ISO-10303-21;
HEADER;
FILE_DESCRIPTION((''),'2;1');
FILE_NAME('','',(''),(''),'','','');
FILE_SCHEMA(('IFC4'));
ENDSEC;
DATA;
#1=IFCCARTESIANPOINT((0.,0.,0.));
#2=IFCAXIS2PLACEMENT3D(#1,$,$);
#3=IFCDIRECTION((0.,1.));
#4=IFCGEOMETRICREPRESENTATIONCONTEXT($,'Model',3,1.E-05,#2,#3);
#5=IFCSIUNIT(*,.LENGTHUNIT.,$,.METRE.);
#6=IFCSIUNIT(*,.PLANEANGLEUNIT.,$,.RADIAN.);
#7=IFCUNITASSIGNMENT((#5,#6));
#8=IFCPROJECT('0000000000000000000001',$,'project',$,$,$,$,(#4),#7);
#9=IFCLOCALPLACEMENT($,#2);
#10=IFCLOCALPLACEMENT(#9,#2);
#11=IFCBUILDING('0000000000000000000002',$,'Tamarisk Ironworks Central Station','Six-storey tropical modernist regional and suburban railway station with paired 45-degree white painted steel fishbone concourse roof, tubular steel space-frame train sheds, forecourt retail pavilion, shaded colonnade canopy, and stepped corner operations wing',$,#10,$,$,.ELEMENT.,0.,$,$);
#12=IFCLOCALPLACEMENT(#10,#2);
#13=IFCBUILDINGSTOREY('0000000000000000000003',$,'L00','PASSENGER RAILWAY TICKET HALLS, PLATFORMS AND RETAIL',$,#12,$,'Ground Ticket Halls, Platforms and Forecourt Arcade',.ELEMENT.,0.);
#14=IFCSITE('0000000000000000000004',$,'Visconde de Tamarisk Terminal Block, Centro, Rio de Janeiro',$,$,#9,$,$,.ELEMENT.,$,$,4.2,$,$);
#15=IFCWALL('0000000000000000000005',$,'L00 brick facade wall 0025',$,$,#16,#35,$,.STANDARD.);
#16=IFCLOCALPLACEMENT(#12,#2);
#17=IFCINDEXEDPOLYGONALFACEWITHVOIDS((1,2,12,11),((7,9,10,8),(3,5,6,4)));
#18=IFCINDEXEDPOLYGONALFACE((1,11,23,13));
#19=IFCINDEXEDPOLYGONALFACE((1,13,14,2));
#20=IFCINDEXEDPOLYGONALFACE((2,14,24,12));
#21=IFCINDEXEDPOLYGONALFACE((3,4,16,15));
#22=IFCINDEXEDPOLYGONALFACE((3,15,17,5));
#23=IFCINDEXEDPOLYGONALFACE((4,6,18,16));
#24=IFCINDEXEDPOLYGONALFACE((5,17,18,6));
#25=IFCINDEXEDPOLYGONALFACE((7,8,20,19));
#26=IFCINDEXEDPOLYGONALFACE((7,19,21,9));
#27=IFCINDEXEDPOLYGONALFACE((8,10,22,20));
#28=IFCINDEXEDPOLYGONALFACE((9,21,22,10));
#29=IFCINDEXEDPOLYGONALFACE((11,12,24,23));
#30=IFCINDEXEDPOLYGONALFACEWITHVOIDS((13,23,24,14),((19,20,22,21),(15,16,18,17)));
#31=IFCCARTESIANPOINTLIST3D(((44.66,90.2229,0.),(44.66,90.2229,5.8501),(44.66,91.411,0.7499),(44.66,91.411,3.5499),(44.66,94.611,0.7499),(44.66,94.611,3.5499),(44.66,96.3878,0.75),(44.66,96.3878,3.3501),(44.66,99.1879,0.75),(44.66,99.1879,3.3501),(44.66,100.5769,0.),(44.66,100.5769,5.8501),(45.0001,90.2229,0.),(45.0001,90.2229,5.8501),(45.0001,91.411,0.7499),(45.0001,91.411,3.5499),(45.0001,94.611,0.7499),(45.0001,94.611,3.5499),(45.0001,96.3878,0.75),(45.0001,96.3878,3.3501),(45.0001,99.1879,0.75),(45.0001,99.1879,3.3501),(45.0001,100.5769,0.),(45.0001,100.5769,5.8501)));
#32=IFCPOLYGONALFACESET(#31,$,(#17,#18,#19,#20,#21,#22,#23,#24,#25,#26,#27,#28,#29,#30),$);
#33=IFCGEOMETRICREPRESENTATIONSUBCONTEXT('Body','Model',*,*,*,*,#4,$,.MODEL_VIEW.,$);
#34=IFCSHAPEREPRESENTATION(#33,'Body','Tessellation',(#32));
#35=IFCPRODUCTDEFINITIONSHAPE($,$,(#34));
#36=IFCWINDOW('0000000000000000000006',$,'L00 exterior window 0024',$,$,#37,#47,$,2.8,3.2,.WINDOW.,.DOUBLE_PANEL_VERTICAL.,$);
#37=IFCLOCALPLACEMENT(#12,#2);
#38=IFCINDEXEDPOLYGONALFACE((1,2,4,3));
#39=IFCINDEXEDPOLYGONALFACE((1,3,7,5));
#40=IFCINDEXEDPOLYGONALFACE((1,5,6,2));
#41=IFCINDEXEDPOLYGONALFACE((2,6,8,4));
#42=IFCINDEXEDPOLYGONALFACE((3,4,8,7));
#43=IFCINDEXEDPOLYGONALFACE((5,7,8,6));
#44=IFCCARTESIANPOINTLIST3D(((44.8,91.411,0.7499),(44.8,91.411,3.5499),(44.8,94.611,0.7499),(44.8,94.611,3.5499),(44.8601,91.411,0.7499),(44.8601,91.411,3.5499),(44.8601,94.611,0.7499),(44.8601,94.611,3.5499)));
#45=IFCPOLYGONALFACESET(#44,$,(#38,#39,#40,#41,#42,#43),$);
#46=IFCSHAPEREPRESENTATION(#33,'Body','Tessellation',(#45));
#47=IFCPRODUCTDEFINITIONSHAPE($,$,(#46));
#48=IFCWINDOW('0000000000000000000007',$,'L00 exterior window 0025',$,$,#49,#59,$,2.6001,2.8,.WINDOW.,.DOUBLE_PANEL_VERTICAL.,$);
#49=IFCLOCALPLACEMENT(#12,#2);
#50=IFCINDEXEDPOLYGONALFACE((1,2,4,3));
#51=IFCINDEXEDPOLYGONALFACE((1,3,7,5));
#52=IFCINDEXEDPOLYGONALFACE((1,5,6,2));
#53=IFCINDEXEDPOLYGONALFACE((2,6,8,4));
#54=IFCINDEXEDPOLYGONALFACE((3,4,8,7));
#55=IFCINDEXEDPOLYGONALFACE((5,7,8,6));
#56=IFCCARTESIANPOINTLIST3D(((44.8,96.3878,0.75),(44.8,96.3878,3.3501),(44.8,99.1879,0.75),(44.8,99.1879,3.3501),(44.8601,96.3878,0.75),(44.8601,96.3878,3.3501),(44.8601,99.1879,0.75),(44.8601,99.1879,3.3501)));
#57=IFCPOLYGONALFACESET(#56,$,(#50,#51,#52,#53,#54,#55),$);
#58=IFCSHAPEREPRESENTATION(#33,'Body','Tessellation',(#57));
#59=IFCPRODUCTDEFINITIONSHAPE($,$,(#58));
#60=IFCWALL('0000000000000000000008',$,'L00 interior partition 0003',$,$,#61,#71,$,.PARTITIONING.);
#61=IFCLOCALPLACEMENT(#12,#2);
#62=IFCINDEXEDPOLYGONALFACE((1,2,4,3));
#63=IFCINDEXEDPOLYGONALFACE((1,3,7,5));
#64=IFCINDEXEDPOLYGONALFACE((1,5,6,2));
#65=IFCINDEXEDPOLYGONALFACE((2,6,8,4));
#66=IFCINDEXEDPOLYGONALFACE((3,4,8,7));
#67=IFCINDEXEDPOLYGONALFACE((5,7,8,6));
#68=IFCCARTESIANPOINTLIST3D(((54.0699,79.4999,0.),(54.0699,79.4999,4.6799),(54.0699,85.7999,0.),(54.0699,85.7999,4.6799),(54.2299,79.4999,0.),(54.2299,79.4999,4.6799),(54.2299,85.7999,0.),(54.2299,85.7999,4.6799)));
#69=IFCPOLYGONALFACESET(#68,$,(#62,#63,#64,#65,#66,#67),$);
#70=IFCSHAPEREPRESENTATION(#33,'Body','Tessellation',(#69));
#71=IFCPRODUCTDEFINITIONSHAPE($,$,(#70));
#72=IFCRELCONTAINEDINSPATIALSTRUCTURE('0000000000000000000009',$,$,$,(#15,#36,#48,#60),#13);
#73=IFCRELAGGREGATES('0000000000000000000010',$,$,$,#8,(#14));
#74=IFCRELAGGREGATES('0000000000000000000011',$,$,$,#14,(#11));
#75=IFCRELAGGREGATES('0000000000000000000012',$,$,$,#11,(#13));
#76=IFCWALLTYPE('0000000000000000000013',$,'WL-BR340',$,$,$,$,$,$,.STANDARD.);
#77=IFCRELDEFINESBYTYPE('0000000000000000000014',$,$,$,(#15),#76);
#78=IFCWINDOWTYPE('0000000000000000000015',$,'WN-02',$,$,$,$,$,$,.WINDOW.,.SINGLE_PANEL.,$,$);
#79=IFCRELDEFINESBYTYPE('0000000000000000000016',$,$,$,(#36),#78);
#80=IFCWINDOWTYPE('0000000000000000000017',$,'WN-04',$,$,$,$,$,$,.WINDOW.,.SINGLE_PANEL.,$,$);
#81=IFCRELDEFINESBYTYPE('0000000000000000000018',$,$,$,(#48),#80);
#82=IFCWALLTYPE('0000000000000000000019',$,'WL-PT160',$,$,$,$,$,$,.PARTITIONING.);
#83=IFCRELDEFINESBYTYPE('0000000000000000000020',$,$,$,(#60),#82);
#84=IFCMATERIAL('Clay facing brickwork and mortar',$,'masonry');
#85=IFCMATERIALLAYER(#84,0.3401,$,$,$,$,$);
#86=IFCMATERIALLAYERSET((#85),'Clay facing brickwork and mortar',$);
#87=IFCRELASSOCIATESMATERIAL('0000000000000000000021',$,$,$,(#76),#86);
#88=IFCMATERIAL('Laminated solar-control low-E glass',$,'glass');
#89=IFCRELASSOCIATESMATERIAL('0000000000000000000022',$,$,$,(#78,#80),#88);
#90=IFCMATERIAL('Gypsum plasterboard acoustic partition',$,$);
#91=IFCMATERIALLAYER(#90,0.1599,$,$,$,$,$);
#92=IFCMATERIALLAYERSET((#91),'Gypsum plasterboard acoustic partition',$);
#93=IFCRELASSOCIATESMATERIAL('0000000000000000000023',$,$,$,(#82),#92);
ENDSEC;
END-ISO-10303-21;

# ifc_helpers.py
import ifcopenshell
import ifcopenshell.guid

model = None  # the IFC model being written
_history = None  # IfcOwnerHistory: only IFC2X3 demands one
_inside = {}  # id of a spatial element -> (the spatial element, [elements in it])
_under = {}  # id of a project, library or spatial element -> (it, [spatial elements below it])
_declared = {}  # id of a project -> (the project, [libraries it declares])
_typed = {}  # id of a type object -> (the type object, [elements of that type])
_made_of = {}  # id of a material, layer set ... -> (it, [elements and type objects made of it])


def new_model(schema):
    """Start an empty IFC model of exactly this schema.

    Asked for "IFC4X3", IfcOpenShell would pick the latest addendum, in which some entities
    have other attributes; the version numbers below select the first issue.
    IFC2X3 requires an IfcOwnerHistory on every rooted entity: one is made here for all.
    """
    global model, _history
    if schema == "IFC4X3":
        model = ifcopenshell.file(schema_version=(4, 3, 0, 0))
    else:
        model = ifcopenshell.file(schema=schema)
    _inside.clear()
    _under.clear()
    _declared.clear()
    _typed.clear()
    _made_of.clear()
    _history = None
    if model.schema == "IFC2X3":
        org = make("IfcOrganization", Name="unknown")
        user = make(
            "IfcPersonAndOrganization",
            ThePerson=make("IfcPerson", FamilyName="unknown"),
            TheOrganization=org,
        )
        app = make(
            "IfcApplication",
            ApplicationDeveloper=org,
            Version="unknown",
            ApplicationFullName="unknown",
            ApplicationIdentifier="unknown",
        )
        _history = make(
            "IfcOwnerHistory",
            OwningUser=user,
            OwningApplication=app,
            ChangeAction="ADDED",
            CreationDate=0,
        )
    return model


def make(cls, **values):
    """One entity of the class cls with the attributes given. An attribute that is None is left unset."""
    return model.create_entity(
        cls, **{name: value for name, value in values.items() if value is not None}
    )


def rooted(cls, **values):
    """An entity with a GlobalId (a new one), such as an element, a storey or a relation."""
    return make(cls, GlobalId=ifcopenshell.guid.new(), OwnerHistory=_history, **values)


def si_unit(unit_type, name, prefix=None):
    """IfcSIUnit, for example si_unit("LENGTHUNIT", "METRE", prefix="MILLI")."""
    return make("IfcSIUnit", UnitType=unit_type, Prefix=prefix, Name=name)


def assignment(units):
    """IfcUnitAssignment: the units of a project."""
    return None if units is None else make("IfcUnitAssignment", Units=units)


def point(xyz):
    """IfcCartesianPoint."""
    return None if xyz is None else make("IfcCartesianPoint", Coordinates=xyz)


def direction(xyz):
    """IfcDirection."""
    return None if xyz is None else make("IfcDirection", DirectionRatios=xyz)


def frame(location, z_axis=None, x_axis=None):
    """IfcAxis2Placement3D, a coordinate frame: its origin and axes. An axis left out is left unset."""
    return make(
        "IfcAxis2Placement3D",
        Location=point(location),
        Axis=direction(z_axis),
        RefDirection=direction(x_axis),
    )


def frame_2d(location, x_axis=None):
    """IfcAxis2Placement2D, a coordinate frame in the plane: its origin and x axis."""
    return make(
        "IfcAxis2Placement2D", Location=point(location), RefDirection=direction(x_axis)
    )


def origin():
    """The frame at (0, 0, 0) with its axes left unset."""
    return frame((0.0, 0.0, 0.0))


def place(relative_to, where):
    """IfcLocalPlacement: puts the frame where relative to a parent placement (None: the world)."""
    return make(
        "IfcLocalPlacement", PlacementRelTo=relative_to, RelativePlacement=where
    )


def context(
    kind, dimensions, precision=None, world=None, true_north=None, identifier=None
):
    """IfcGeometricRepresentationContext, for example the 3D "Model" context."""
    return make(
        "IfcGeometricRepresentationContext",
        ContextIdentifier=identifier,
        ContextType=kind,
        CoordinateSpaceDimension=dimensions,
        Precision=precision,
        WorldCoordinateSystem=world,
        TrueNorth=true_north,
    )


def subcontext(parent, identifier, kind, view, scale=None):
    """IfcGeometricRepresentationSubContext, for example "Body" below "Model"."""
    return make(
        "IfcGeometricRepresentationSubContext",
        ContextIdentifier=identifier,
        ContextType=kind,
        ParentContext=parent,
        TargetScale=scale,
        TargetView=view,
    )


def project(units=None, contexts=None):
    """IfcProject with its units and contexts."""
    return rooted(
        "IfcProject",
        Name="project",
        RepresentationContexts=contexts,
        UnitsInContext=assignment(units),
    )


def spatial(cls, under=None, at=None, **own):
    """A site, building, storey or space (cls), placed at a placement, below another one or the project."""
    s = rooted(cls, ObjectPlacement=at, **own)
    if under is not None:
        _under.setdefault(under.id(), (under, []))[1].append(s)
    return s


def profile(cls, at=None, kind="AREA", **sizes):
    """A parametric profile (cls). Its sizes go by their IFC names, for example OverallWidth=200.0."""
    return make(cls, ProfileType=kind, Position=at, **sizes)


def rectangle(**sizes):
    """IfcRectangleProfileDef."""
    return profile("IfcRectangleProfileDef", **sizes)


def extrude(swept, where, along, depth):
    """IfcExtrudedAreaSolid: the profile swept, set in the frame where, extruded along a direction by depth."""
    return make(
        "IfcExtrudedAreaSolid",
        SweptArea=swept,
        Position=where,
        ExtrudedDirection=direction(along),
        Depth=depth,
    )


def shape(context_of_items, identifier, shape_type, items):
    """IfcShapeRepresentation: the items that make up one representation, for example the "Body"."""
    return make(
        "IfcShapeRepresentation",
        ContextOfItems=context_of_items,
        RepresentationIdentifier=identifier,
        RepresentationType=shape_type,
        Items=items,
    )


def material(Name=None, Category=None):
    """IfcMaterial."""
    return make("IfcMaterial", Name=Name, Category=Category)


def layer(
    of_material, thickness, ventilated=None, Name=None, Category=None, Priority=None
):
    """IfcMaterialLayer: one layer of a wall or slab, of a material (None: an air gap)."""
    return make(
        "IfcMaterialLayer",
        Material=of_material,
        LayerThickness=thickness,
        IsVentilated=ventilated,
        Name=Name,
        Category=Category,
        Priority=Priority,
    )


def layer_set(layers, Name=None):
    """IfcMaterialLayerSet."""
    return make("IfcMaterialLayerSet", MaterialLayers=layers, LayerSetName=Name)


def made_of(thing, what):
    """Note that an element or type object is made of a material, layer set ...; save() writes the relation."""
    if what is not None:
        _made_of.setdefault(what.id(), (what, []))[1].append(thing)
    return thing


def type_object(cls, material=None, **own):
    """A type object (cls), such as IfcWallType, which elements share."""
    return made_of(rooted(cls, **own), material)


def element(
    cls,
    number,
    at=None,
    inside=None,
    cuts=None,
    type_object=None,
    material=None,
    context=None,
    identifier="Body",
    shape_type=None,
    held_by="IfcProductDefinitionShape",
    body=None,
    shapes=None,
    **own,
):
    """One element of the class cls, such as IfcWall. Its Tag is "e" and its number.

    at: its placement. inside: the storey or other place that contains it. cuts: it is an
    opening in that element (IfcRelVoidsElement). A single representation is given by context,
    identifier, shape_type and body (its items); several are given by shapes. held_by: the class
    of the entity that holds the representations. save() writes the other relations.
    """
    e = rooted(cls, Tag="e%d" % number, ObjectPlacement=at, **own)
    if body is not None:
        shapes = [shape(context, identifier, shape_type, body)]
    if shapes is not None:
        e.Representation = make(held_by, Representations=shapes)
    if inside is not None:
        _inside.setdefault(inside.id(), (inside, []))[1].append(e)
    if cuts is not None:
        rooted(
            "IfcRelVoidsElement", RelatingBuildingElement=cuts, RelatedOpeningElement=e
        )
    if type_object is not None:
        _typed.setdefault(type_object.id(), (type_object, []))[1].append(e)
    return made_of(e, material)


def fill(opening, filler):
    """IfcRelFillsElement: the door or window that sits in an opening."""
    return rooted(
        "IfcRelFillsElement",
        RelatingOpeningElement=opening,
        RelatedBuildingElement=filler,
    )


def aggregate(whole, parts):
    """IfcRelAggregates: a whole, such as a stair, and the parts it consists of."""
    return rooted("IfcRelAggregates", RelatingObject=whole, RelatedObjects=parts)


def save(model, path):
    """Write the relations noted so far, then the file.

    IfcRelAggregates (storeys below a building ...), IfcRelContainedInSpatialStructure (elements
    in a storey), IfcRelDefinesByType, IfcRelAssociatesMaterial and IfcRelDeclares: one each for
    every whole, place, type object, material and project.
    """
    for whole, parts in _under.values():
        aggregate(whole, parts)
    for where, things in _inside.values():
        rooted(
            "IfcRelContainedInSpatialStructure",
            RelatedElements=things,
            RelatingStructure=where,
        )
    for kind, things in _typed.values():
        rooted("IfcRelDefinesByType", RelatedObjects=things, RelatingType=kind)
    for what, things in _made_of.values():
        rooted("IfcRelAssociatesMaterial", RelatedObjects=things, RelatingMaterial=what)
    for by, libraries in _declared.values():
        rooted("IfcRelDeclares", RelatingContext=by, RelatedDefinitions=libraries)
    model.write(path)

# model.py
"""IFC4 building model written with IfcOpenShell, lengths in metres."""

from ifc_helpers import new_model, si_unit, direction, frame, frame_2d, origin, place, context, subcontext, project, spatial, rectangle, extrude, material, layer, layer_set, type_object, element, fill, save


model = new_model("IFC4")

# Units and contexts
model_context = context("Model", 3, precision=1e-05, world=origin(), true_north=direction((0.0, 1.0)))
body_context = subcontext(model_context, "Body", "Model", "MODEL_VIEW")
ifc_project = project(units=[si_unit("LENGTHUNIT", "METRE"), si_unit("PLANEANGLEUNIT", "RADIAN")], contexts=[model_context])

# Site, building, storey
site_placement = place(None, origin())
site = spatial("IfcSite", under=ifc_project, at=site_placement, Name="Visconde de Tamarisk Terminal Block, Centro, Rio de Janeiro", CompositionType="ELEMENT", RefElevation=4.2)
building_placement = place(site_placement, origin())
building = spatial("IfcBuilding", under=site, at=building_placement, Name="Tamarisk Ironworks Central Station", Description="Six-storey tropical modernist regional and suburban railway station with paired 45-degree white painted steel fishbone concourse roof, tubular steel space-frame train sheds, forecourt retail pavilion, shaded colonnade canopy, and stepped corner operations wing", CompositionType="ELEMENT", ElevationOfRefHeight=0.0)
storey_placement = place(building_placement, origin())
storey = spatial("IfcBuildingStorey", under=building, at=storey_placement, Name="L00", Description="PASSENGER RAILWAY TICKET HALLS, PLATFORMS AND RETAIL", LongName="Ground Ticket Halls, Platforms and Forecourt Arcade", CompositionType="ELEMENT", Elevation=0.0)

# Shared definitions
ifc_material_1 = material(Name="Clay facing brickwork and mortar", Category="masonry")

# Wall, openings, windows
ifc_layer_1 = layer(ifc_material_1, 0.3401)
ifc_layer_set_1 = layer_set([ifc_layer_1], Name="Clay facing brickwork and mortar")
wall_type_1 = type_object("IfcWallType", Name="WL-BR340", PredefinedType="STANDARD", material=ifc_layer_set_1)
wall_1_placement = place(storey_placement, frame((44.8301, 90.2229, 0.0), z_axis=(0.0, 0.0, 1.0), x_axis=(0.0, 1.0, 0.0)))
wall_1 = element("IfcWall", 1, at=wall_1_placement, inside=storey, type_object=wall_type_1, Name="L00 brick facade wall 0025", PredefinedType="STANDARD", context=body_context, shape_type="SweptSolid", body=[
    extrude(rectangle(XDim=10.354, YDim=0.3401, at=frame_2d((5.177, 0.0))), origin(), (0.0, 0.0, 1.0), 5.8501),
])
opening_1_placement = place(wall_1_placement, frame((1.188, 0.0, 0.75)))
opening_1 = element("IfcOpeningElement", 2, at=opening_1_placement, cuts=wall_1, PredefinedType="OPENING", context=body_context, shape_type="SweptSolid", body=[
    extrude(rectangle(XDim=3.2, YDim=2.8, at=frame_2d((1.6001, 1.3999))), frame((0.0, 0.1821, 0.0), z_axis=(0.0, -1.0, 0.0), x_axis=(1.0, 0.0, 0.0)), (0.0, 0.0, 1.0), 0.364),
])
opening_2_placement = place(wall_1_placement, frame((6.165, 0.0, 0.75)))
opening_2 = element("IfcOpeningElement", 3, at=opening_2_placement, cuts=wall_1, PredefinedType="OPENING", context=body_context, shape_type="SweptSolid", body=[
    extrude(rectangle(XDim=2.8, YDim=2.6001, at=frame_2d((1.3999, 1.3))), frame((0.0, 0.1821, 0.0), z_axis=(0.0, -1.0, 0.0), x_axis=(1.0, 0.0, 0.0)), (0.0, 0.0, 1.0), 0.364),
])
ifc_material_2 = material(Name="Laminated solar-control low-E glass", Category="glass")
window_type_1 = type_object("IfcWindowType", Name="WN-02", PartitioningType="SINGLE_PANEL", PredefinedType="WINDOW", material=ifc_material_2)
window_1_placement = place(opening_1_placement, origin())
window_1 = element("IfcWindow", 4, at=window_1_placement, inside=storey, type_object=window_type_1, Name="L00 exterior window 0024", OverallHeight=2.8, OverallWidth=3.2, PartitioningType="DOUBLE_PANEL_VERTICAL", PredefinedType="WINDOW", context=body_context, shape_type="SweptSolid", body=[
    extrude(rectangle(XDim=3.2, YDim=2.8, at=frame_2d((1.6001, 1.3999))), frame((0.0, 0.03, 0.0), z_axis=(0.0, -1.0, 0.0), x_axis=(1.0, 0.0, 0.0)), (0.0, 0.0, 1.0), 0.0601),
])
fill(opening_1, window_1)
window_type_2 = type_object("IfcWindowType", Name="WN-04", PartitioningType="SINGLE_PANEL", PredefinedType="WINDOW", material=ifc_material_2)
window_2_placement = place(opening_2_placement, origin())
window_2 = element("IfcWindow", 5, at=window_2_placement, inside=storey, type_object=window_type_2, Name="L00 exterior window 0025", OverallHeight=2.6001, OverallWidth=2.8, PartitioningType="DOUBLE_PANEL_VERTICAL", PredefinedType="WINDOW", context=body_context, shape_type="SweptSolid", body=[
    extrude(rectangle(XDim=2.8, YDim=2.6001, at=frame_2d((1.3999, 1.3))), frame((0.0, 0.03, 0.0), z_axis=(0.0, -1.0, 0.0), x_axis=(1.0, 0.0, 0.0)), (0.0, 0.0, 1.0), 0.0601),
])
fill(opening_2, window_2)

# Wall
ifc_material_3 = material(Name="Gypsum plasterboard acoustic partition")
ifc_layer_2 = layer(ifc_material_3, 0.1599)
ifc_layer_set_2 = layer_set([ifc_layer_2], Name="Gypsum plasterboard acoustic partition")
wall_type_2 = type_object("IfcWallType", Name="WL-PT160", PredefinedType="PARTITIONING", material=ifc_layer_set_2)
wall_2_placement = place(storey_placement, frame((54.1499, 79.5, 0.0), z_axis=(0.0, 0.0, 1.0), x_axis=(0.0, 1.0, 0.0)))
element("IfcWall", 6, at=wall_2_placement, inside=storey, type_object=wall_type_2, Name="L00 interior partition 0003", PredefinedType="PARTITIONING", context=body_context, shape_type="SweptSolid", body=[
    extrude(rectangle(XDim=6.3, YDim=0.1599, at=frame_2d((3.1499, 0.0))), origin(), (0.0, 0.0, 1.0), 4.6799),
])

save(model, "model.ifc")
